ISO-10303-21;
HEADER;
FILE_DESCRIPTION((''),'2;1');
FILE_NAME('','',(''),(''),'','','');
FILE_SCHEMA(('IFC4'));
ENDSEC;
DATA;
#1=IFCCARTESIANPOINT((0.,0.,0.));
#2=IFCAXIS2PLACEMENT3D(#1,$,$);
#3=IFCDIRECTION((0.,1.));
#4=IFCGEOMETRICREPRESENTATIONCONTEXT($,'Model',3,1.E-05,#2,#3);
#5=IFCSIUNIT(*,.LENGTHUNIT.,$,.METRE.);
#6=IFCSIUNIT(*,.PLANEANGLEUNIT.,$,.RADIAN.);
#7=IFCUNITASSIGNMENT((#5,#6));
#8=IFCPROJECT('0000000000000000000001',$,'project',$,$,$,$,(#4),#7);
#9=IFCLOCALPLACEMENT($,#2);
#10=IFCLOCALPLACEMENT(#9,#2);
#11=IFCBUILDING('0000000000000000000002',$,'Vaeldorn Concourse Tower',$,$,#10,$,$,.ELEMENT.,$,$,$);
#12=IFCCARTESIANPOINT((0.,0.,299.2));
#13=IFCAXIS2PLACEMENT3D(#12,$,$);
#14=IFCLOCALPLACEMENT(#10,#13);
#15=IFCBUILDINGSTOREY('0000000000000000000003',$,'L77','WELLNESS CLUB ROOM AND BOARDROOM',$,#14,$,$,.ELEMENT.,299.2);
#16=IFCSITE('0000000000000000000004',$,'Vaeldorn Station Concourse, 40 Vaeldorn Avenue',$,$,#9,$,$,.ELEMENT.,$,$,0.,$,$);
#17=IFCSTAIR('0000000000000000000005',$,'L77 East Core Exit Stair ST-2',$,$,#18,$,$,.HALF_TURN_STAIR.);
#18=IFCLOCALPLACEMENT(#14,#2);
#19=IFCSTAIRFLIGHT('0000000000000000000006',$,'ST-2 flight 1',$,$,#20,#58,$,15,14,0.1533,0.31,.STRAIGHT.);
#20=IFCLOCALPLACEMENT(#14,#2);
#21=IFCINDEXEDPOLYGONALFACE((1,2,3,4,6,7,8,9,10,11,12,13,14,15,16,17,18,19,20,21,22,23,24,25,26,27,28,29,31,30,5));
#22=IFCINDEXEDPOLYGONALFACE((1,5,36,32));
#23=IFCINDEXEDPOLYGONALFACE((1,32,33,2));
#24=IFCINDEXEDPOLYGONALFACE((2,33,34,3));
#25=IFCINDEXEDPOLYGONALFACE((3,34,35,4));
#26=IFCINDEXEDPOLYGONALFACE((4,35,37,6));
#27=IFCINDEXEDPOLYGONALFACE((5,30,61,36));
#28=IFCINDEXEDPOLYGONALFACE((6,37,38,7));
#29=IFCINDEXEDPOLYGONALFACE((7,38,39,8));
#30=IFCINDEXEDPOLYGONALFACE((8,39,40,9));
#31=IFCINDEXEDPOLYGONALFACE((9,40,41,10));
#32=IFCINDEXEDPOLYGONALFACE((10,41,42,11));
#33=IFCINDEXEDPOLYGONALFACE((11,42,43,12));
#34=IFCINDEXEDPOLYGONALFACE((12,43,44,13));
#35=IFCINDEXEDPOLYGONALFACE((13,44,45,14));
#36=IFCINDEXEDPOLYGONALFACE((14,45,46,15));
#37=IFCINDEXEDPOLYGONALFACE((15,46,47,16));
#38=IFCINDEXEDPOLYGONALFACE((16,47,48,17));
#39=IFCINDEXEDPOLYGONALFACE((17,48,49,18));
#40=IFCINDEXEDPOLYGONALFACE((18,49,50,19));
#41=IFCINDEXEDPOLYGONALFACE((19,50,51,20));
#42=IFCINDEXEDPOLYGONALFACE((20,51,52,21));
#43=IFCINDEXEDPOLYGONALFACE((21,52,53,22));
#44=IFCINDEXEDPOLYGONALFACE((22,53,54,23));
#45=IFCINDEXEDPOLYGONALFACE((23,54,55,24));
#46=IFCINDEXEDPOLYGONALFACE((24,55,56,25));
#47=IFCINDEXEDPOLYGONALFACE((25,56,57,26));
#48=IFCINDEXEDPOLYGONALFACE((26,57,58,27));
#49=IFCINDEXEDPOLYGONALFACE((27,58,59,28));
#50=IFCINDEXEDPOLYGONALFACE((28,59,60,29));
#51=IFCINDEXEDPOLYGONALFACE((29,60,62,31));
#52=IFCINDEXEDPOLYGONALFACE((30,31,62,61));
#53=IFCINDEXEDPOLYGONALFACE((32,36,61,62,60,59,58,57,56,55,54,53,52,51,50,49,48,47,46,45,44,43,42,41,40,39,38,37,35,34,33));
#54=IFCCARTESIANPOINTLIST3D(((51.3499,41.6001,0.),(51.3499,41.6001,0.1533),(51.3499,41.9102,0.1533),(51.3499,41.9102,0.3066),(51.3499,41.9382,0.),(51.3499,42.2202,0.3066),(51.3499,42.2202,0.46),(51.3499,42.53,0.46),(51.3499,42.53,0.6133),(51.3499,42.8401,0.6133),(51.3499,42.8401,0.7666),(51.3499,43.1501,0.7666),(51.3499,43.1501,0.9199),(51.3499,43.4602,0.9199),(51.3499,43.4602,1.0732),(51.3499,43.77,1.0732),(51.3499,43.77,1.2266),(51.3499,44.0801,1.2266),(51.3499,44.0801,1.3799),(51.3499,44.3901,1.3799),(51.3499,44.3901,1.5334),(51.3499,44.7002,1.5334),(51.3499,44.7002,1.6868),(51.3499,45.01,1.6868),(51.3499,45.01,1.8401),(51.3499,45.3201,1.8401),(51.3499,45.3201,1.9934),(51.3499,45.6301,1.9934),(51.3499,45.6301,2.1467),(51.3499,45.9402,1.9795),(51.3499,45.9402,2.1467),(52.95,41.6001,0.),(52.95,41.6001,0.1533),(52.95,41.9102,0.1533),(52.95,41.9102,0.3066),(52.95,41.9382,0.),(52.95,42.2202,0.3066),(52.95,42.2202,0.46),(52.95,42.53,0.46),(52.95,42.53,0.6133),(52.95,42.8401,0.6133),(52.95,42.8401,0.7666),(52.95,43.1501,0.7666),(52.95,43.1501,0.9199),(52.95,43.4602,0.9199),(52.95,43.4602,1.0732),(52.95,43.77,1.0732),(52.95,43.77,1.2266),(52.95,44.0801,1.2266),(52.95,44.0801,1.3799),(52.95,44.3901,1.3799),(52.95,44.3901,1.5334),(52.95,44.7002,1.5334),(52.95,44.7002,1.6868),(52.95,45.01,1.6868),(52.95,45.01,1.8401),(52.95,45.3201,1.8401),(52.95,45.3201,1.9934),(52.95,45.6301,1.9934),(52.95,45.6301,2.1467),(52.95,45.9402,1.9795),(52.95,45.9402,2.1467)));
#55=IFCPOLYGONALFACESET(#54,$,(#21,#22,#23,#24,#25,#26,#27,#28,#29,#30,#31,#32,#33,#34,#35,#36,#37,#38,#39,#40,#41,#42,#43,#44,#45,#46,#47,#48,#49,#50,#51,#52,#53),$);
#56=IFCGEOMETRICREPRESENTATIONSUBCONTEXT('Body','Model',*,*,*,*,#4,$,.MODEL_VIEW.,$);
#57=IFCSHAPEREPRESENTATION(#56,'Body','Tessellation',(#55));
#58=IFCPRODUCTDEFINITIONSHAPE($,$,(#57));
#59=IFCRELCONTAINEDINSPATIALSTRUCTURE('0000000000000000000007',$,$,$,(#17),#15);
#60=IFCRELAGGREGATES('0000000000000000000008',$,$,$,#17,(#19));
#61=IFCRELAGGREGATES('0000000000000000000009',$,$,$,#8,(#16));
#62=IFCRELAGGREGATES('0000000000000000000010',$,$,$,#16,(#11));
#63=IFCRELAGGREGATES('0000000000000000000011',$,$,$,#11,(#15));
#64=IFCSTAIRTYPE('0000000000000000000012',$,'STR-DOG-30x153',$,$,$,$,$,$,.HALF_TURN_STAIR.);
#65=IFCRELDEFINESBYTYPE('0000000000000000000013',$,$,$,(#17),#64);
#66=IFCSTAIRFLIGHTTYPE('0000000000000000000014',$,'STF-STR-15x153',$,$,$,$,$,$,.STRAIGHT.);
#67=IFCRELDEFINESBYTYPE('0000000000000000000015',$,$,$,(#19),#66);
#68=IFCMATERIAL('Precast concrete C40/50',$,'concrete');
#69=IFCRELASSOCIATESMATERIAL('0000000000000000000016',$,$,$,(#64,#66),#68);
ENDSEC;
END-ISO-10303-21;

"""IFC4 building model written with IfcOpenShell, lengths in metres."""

from ifc_helpers import new_model, si_unit, direction, frame, origin, place, context, subcontext, project, spatial, polyline, outline, extrude, material, type_object, element, aggregate, save


model = new_model("IFC4")

# Units and contexts
model_context = context("Model", 3, precision=1e-05, world=origin(), true_north=direction((0.0, 1.0)))
body_context = subcontext(model_context, "Body", "Model", "MODEL_VIEW")
ifc_project = project(units=[si_unit("LENGTHUNIT", "METRE"), si_unit("PLANEANGLEUNIT", "RADIAN")], contexts=[model_context])

# Site, building, storey
site_placement = place(None, origin())
site = spatial("IfcSite", under=ifc_project, at=site_placement, Name="Vaeldorn Station Concourse, 40 Vaeldorn Avenue", CompositionType="ELEMENT", RefElevation=0.0)
building_placement = place(site_placement, origin())
building = spatial("IfcBuilding", under=site, at=building_placement, Name="Vaeldorn Concourse Tower", CompositionType="ELEMENT")
storey_placement = place(building_placement, frame((0.0, 0.0, 299.2)))
storey = spatial("IfcBuildingStorey", under=building, at=storey_placement, Name="L77", Description="WELLNESS CLUB ROOM AND BOARDROOM", CompositionType="ELEMENT", Elevation=299.2)

# Stair, stair flight
ifc_material_1 = material(Name="Precast concrete C40/50", Category="concrete")
stair_type = type_object("IfcStairType", Name="STR-DOG-30x153", PredefinedType="HALF_TURN_STAIR", material=ifc_material_1)
stair_placement = place(storey_placement, origin())
stair = element("IfcStair", 1, at=stair_placement, inside=storey, type_object=stair_type, Name="L77 East Core Exit Stair ST-2", PredefinedType="HALF_TURN_STAIR")
stair_flight_type = type_object("IfcStairFlightType", Name="STF-STR-15x153", PredefinedType="STRAIGHT", material=ifc_material_1)
stair_flight_placement = place(storey_placement, frame((52.1499, 41.6001, 0.0), z_axis=(0.0, 0.0, 1.0), x_axis=(0.0, 1.0, 0.0)))
stair_flight = element("IfcStairFlight", 2, at=stair_flight_placement, type_object=stair_flight_type, Name="ST-2 flight 1", NumberOfRisers=15, NumberOfTreads=14, PredefinedType="STRAIGHT", RiserHeight=0.1533, TreadLength=0.31, context=body_context, shape_type="SweptSolid", body=[
    extrude(outline(polyline([(0.0, 0.0), (0.0, 0.1533), (0.3101, 0.1533), (0.3101, 0.3066), (0.6201, 0.3066), (0.6201, 0.46), (0.9299, 0.46), (0.9299, 0.6133), (1.24, 0.6133), (1.24, 0.7666), (1.55, 0.7666), (1.55, 0.9199), (1.8601, 0.9199), (1.8601, 1.0732), (2.1699, 1.0732), (2.1699, 1.2266), (2.48, 1.2266), (2.48, 1.3799), (2.79, 1.3799), (2.79, 1.5334), (3.1001, 1.5334), (3.1001, 1.6868), (3.4099, 1.6868), (3.4099, 1.8401), (3.72, 1.8401), (3.72, 1.9934), (4.03, 1.9934), (4.03, 2.1467), (4.3401, 2.1467), (4.3401, 2.3), (4.3401, 1.9795), (0.3381, 0.0), (0.0, 0.0)])), frame((0.0, 0.8, 0.0), z_axis=(0.0, -1.0, 0.0), x_axis=(1.0, 0.0, 0.0)), (0.0, 0.0, 1.0), 1.6001),
])
aggregate(stair, [stair_flight])

save(model, "model.ifc")
